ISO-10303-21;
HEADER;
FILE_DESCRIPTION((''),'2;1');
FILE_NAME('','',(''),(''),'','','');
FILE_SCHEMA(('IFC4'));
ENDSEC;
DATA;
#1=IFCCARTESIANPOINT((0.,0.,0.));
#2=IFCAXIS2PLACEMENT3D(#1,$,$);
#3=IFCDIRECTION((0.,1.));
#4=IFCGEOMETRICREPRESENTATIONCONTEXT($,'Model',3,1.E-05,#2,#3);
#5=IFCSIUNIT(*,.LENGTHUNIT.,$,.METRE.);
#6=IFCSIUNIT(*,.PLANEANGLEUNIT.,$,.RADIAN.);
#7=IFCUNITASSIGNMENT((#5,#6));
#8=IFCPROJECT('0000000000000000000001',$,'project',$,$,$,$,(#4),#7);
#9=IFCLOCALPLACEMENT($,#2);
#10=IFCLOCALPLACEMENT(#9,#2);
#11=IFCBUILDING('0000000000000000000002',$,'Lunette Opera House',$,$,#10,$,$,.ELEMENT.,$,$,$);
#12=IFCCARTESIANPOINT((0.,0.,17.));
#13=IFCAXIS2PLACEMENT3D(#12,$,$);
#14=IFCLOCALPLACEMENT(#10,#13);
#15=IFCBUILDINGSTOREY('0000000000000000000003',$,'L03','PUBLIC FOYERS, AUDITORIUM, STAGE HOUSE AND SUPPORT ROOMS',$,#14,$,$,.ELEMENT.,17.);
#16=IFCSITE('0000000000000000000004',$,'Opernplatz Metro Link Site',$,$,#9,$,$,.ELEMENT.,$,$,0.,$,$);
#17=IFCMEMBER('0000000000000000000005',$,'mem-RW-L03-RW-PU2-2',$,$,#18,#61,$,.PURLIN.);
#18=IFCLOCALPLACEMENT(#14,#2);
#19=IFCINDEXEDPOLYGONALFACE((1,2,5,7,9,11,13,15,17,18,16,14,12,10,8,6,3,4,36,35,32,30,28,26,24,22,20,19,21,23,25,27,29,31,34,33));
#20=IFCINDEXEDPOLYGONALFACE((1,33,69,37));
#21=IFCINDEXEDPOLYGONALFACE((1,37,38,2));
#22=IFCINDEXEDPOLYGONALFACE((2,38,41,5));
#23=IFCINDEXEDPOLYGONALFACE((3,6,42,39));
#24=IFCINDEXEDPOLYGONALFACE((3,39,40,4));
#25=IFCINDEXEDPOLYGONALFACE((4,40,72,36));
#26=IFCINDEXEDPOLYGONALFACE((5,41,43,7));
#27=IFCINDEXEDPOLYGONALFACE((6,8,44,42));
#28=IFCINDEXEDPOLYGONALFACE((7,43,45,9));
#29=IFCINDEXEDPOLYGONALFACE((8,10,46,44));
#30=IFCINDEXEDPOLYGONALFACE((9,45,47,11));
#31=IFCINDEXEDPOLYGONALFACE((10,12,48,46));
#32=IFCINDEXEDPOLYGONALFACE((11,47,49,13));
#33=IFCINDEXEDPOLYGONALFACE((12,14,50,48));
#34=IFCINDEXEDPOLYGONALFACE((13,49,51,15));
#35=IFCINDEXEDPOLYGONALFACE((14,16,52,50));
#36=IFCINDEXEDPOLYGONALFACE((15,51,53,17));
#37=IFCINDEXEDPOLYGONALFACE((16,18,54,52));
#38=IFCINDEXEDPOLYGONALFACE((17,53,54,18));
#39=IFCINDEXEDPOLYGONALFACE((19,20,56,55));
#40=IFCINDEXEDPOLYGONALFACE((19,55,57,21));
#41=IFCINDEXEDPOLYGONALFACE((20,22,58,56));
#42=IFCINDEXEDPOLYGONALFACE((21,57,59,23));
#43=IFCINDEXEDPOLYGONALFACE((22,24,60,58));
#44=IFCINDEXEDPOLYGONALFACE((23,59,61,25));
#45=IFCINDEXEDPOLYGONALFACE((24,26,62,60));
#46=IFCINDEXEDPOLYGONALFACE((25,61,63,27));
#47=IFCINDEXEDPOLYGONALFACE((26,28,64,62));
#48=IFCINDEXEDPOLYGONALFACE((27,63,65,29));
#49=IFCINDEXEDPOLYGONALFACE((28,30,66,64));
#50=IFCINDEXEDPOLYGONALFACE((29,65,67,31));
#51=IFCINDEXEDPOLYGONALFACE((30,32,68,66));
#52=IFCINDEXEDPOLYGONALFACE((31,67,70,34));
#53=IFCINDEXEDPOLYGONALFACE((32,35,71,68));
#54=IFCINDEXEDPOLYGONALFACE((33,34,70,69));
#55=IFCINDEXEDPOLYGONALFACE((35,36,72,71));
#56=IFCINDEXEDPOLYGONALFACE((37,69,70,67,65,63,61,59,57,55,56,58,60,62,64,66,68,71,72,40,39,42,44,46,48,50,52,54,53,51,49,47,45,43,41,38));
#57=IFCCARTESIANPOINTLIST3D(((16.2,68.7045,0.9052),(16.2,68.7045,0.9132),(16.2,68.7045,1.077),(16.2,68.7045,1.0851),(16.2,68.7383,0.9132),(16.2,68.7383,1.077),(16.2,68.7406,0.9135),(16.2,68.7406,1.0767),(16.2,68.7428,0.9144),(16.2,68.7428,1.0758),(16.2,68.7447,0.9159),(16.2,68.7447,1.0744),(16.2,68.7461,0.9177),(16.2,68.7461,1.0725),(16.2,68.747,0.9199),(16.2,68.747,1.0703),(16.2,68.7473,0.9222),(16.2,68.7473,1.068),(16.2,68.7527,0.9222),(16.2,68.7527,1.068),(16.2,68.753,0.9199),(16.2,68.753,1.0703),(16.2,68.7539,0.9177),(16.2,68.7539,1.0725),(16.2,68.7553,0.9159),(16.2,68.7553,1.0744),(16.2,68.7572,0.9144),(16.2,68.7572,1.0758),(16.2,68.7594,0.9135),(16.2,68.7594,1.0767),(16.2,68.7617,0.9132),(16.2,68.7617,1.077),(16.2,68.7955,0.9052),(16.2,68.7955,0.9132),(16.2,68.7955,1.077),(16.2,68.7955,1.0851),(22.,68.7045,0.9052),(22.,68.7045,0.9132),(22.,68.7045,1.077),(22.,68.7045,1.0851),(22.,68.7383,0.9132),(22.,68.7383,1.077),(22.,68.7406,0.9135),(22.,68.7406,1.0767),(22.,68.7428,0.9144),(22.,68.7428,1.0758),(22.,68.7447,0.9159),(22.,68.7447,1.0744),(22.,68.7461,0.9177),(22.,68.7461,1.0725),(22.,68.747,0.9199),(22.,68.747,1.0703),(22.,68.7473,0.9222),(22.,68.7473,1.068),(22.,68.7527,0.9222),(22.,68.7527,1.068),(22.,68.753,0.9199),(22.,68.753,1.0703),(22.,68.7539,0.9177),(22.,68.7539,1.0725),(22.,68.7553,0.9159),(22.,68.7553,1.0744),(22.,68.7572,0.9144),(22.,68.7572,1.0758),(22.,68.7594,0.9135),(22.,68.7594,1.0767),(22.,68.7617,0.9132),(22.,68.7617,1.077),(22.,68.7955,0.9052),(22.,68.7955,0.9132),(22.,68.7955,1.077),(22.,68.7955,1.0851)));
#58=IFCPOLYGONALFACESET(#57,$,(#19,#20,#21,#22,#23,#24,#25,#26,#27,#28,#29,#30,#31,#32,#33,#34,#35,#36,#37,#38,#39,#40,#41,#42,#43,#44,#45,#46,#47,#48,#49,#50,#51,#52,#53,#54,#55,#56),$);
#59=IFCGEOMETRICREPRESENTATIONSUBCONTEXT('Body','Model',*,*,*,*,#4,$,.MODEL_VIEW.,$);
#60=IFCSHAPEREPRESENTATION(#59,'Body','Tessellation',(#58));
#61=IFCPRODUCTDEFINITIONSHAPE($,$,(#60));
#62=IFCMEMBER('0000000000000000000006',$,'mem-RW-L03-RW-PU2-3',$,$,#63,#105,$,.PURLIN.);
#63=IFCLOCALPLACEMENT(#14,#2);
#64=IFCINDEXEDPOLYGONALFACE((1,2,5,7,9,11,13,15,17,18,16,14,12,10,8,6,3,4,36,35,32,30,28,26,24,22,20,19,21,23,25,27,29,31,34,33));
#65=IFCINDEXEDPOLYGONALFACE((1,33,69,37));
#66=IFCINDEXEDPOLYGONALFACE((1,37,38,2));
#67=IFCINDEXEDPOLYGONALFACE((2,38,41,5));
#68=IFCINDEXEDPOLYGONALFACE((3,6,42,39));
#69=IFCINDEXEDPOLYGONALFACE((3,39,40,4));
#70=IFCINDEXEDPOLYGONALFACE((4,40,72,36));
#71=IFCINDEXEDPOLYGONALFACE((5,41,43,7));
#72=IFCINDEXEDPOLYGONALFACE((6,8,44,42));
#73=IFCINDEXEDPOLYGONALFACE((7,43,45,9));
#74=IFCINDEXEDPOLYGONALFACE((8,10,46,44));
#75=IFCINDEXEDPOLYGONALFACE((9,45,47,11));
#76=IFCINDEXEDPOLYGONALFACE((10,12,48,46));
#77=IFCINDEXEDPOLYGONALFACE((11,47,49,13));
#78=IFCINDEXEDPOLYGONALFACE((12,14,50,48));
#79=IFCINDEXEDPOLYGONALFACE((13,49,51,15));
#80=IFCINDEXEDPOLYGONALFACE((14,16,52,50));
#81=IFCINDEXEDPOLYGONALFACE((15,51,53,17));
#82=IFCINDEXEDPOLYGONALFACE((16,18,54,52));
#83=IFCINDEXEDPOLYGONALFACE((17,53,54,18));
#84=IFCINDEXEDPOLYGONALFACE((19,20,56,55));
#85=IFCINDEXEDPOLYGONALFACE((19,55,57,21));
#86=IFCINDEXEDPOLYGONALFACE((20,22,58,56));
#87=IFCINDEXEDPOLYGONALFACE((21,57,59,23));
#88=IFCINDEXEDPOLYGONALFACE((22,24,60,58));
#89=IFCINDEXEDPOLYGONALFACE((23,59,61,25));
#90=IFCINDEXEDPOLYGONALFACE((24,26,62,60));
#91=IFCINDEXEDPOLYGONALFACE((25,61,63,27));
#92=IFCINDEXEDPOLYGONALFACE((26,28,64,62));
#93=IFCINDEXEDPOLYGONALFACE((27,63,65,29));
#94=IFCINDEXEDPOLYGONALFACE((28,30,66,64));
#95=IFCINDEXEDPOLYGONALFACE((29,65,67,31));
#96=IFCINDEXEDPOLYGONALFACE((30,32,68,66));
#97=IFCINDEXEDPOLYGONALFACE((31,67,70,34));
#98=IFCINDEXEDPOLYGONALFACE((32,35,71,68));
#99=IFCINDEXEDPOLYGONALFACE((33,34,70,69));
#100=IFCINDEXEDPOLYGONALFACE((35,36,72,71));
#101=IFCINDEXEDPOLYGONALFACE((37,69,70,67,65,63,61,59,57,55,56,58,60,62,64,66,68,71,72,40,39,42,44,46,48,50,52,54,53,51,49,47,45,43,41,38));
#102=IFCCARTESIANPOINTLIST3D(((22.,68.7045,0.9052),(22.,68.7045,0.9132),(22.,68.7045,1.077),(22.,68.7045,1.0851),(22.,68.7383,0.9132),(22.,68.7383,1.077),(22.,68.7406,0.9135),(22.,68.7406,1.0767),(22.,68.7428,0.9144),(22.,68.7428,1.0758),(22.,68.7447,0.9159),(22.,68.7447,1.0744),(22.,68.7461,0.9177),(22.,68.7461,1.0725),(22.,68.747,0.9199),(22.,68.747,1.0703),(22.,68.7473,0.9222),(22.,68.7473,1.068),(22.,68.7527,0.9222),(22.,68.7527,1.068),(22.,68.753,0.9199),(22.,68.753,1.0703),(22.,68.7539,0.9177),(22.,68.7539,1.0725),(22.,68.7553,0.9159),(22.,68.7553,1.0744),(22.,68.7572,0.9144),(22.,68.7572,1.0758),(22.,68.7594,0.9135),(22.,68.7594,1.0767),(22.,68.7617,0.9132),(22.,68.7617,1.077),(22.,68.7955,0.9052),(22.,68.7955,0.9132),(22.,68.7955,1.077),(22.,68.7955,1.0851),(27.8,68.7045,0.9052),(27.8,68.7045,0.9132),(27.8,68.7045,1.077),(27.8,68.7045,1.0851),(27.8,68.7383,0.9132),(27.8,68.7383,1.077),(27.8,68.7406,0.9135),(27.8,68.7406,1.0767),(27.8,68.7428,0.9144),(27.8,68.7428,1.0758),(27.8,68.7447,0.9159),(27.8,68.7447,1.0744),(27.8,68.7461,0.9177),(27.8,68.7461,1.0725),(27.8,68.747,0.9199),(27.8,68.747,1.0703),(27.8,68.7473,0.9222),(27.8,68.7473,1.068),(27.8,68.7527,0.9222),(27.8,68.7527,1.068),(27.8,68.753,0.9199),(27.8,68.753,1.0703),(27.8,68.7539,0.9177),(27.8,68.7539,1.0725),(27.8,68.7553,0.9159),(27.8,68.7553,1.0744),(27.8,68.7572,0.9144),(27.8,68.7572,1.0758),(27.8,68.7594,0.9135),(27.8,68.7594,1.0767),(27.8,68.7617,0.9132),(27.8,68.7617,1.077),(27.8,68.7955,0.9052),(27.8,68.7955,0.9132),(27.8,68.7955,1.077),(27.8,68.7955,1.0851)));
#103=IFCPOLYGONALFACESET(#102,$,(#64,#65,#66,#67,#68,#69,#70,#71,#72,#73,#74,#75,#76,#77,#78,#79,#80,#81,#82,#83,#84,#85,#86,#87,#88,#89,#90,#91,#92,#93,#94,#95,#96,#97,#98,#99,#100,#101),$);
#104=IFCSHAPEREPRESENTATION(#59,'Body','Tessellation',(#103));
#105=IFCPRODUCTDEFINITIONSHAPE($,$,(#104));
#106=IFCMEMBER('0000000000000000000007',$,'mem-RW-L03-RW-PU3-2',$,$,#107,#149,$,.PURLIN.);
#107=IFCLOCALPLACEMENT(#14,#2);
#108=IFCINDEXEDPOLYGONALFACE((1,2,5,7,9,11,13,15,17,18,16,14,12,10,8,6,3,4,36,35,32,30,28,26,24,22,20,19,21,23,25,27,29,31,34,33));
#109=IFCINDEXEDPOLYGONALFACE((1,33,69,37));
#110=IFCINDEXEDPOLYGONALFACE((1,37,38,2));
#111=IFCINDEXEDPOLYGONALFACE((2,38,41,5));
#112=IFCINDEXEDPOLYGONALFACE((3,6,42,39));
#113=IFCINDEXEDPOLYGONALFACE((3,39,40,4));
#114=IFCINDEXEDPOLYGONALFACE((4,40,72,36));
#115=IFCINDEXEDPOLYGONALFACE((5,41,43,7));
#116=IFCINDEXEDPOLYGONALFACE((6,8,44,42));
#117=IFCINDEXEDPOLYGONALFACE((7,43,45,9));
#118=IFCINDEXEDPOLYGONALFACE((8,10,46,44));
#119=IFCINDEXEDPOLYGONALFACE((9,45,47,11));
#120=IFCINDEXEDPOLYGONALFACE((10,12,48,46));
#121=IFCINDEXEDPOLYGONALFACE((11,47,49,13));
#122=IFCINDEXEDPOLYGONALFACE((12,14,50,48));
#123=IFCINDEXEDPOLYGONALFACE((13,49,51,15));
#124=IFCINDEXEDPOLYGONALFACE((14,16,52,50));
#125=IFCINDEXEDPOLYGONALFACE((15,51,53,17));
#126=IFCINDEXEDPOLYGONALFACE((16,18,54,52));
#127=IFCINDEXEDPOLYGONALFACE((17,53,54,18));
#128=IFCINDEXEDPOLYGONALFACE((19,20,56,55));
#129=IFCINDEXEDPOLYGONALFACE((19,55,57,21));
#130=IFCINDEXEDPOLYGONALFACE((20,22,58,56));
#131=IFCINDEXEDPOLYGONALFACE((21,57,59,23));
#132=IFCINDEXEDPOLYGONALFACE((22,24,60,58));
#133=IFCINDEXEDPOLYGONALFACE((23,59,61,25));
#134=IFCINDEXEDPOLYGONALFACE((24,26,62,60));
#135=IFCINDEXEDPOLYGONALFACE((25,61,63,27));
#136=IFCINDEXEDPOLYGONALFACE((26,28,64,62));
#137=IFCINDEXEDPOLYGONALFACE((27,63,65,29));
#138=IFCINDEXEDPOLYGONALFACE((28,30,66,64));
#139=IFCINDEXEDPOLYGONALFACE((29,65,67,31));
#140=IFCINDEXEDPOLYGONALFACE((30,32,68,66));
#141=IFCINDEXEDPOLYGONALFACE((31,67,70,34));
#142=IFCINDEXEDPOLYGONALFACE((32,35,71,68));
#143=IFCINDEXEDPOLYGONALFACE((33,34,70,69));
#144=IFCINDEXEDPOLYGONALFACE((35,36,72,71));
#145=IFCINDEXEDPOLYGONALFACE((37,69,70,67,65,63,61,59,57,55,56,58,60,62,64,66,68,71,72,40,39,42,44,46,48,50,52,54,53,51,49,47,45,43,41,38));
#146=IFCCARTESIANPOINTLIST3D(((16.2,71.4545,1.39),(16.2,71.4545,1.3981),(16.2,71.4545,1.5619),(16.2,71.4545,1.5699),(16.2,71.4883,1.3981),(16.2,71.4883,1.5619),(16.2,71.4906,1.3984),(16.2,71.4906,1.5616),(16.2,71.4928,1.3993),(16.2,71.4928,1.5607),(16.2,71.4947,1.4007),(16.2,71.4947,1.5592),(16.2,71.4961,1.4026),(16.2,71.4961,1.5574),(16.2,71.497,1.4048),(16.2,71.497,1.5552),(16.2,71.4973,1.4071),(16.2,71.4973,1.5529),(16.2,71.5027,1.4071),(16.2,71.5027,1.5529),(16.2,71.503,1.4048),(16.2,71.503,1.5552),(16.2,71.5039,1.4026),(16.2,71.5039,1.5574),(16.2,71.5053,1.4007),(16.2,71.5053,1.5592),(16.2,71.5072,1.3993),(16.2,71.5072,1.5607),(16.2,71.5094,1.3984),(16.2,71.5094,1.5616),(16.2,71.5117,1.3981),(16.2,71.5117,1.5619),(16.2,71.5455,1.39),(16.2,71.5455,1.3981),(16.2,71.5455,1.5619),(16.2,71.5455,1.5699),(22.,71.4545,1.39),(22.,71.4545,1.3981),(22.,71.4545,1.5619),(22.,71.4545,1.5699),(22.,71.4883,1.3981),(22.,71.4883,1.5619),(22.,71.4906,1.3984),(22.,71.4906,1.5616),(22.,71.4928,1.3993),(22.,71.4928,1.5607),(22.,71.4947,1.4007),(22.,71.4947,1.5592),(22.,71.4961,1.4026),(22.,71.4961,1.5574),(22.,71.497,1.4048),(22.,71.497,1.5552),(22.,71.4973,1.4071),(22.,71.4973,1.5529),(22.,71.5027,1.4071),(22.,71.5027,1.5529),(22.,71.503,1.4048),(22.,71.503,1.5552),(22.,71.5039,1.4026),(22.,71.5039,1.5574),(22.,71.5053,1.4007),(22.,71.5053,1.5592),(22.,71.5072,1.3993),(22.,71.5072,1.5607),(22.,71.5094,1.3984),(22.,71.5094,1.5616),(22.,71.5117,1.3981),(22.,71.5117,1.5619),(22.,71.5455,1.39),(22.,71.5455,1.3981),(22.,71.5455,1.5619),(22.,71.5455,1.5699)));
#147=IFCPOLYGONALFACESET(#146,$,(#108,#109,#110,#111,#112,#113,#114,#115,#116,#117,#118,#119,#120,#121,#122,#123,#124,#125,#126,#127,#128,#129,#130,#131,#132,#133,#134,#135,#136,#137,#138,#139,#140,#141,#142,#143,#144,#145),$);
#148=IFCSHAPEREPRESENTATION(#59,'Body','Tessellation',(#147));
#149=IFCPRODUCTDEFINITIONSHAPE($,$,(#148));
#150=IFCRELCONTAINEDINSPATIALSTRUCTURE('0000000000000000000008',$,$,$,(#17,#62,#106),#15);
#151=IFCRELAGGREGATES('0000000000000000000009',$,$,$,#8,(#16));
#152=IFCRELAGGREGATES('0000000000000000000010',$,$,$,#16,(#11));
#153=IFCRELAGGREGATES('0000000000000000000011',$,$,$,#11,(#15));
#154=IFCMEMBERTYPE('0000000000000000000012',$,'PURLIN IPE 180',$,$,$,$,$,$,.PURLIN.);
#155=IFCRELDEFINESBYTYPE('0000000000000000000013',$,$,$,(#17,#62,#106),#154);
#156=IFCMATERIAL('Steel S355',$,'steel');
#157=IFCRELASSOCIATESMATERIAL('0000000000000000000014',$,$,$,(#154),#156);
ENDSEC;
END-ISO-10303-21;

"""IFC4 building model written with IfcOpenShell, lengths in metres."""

from ifc_helpers import new_model, si_unit, direction, frame, origin, origin_2d, place, context, subcontext, project, spatial, i_section, extrude, material, material_profile, profile_set, type_object, element, save


model = new_model("IFC4")

# Units and contexts
model_context = context("Model", 3, precision=1e-05, world=origin(), true_north=direction((0.0, 1.0)))
body_context = subcontext(model_context, "Body", "Model", "MODEL_VIEW")
ifc_project = project(units=[si_unit("LENGTHUNIT", "METRE"), si_unit("PLANEANGLEUNIT", "RADIAN")], contexts=[model_context])

# Site, building, storey
site_placement = place(None, origin())
site = spatial("IfcSite", under=ifc_project, at=site_placement, Name="Opernplatz Metro Link Site", CompositionType="ELEMENT", RefElevation=0.0)
building_placement = place(site_placement, origin())
building = spatial("IfcBuilding", under=site, at=building_placement, Name="Lunette Opera House", CompositionType="ELEMENT")
storey_placement = place(building_placement, frame((0.0, 0.0, 17.0)))
storey = spatial("IfcBuildingStorey", under=building, at=storey_placement, Name="L03", Description="PUBLIC FOYERS, AUDITORIUM, STAGE HOUSE AND SUPPORT ROOMS", CompositionType="ELEMENT", Elevation=17.0)

# Members
ifc_material_1 = material(Name="Steel S355", Category="steel")
ifc_material_profile_1 = material_profile(ifc_material_1, i_section(OverallWidth=0.0911, OverallDepth=0.1799, WebThickness=0.0054, FlangeThickness=0.0081, FilletRadius=0.009, at=origin_2d()), Name="IPE 180")
ifc_profile_set_1 = profile_set([ifc_material_profile_1], Name="Steel S355")
member_type_1 = type_object("IfcMemberType", Name="PURLIN IPE 180", PredefinedType="PURLIN", material=ifc_profile_set_1)
for number, where, z_axis, x_axis, name in (
    (1, (16.2, 68.75, 0.9951), (1.0, 0.0, 0.0), (0.0, 1.0, 0.0), "mem-RW-L03-RW-PU2-2"),
    (2, (22.0, 68.75, 0.9951), (1.0, 0.0, 0.0), (0.0, 1.0, 0.0), "mem-RW-L03-RW-PU2-3"),
    (3, (16.2, 71.5, 1.48), (1.0, 0.0, 0.0), (0.0, 1.0, 0.0), "mem-RW-L03-RW-PU3-2"),
):
    element("IfcMember", number, at=place(storey_placement, frame(where, z_axis=z_axis, x_axis=x_axis)), inside=storey, type_object=member_type_1, Name=name, PredefinedType="PURLIN", context=body_context, shape_type="SweptSolid", body=[
        extrude(i_section(OverallWidth=0.0911, OverallDepth=0.1799, WebThickness=0.0054, FlangeThickness=0.0081, FilletRadius=0.009, at=origin_2d()), origin(), (0.0, 0.0, 1.0), 5.8),
    ])

save(model, "model.ifc")
